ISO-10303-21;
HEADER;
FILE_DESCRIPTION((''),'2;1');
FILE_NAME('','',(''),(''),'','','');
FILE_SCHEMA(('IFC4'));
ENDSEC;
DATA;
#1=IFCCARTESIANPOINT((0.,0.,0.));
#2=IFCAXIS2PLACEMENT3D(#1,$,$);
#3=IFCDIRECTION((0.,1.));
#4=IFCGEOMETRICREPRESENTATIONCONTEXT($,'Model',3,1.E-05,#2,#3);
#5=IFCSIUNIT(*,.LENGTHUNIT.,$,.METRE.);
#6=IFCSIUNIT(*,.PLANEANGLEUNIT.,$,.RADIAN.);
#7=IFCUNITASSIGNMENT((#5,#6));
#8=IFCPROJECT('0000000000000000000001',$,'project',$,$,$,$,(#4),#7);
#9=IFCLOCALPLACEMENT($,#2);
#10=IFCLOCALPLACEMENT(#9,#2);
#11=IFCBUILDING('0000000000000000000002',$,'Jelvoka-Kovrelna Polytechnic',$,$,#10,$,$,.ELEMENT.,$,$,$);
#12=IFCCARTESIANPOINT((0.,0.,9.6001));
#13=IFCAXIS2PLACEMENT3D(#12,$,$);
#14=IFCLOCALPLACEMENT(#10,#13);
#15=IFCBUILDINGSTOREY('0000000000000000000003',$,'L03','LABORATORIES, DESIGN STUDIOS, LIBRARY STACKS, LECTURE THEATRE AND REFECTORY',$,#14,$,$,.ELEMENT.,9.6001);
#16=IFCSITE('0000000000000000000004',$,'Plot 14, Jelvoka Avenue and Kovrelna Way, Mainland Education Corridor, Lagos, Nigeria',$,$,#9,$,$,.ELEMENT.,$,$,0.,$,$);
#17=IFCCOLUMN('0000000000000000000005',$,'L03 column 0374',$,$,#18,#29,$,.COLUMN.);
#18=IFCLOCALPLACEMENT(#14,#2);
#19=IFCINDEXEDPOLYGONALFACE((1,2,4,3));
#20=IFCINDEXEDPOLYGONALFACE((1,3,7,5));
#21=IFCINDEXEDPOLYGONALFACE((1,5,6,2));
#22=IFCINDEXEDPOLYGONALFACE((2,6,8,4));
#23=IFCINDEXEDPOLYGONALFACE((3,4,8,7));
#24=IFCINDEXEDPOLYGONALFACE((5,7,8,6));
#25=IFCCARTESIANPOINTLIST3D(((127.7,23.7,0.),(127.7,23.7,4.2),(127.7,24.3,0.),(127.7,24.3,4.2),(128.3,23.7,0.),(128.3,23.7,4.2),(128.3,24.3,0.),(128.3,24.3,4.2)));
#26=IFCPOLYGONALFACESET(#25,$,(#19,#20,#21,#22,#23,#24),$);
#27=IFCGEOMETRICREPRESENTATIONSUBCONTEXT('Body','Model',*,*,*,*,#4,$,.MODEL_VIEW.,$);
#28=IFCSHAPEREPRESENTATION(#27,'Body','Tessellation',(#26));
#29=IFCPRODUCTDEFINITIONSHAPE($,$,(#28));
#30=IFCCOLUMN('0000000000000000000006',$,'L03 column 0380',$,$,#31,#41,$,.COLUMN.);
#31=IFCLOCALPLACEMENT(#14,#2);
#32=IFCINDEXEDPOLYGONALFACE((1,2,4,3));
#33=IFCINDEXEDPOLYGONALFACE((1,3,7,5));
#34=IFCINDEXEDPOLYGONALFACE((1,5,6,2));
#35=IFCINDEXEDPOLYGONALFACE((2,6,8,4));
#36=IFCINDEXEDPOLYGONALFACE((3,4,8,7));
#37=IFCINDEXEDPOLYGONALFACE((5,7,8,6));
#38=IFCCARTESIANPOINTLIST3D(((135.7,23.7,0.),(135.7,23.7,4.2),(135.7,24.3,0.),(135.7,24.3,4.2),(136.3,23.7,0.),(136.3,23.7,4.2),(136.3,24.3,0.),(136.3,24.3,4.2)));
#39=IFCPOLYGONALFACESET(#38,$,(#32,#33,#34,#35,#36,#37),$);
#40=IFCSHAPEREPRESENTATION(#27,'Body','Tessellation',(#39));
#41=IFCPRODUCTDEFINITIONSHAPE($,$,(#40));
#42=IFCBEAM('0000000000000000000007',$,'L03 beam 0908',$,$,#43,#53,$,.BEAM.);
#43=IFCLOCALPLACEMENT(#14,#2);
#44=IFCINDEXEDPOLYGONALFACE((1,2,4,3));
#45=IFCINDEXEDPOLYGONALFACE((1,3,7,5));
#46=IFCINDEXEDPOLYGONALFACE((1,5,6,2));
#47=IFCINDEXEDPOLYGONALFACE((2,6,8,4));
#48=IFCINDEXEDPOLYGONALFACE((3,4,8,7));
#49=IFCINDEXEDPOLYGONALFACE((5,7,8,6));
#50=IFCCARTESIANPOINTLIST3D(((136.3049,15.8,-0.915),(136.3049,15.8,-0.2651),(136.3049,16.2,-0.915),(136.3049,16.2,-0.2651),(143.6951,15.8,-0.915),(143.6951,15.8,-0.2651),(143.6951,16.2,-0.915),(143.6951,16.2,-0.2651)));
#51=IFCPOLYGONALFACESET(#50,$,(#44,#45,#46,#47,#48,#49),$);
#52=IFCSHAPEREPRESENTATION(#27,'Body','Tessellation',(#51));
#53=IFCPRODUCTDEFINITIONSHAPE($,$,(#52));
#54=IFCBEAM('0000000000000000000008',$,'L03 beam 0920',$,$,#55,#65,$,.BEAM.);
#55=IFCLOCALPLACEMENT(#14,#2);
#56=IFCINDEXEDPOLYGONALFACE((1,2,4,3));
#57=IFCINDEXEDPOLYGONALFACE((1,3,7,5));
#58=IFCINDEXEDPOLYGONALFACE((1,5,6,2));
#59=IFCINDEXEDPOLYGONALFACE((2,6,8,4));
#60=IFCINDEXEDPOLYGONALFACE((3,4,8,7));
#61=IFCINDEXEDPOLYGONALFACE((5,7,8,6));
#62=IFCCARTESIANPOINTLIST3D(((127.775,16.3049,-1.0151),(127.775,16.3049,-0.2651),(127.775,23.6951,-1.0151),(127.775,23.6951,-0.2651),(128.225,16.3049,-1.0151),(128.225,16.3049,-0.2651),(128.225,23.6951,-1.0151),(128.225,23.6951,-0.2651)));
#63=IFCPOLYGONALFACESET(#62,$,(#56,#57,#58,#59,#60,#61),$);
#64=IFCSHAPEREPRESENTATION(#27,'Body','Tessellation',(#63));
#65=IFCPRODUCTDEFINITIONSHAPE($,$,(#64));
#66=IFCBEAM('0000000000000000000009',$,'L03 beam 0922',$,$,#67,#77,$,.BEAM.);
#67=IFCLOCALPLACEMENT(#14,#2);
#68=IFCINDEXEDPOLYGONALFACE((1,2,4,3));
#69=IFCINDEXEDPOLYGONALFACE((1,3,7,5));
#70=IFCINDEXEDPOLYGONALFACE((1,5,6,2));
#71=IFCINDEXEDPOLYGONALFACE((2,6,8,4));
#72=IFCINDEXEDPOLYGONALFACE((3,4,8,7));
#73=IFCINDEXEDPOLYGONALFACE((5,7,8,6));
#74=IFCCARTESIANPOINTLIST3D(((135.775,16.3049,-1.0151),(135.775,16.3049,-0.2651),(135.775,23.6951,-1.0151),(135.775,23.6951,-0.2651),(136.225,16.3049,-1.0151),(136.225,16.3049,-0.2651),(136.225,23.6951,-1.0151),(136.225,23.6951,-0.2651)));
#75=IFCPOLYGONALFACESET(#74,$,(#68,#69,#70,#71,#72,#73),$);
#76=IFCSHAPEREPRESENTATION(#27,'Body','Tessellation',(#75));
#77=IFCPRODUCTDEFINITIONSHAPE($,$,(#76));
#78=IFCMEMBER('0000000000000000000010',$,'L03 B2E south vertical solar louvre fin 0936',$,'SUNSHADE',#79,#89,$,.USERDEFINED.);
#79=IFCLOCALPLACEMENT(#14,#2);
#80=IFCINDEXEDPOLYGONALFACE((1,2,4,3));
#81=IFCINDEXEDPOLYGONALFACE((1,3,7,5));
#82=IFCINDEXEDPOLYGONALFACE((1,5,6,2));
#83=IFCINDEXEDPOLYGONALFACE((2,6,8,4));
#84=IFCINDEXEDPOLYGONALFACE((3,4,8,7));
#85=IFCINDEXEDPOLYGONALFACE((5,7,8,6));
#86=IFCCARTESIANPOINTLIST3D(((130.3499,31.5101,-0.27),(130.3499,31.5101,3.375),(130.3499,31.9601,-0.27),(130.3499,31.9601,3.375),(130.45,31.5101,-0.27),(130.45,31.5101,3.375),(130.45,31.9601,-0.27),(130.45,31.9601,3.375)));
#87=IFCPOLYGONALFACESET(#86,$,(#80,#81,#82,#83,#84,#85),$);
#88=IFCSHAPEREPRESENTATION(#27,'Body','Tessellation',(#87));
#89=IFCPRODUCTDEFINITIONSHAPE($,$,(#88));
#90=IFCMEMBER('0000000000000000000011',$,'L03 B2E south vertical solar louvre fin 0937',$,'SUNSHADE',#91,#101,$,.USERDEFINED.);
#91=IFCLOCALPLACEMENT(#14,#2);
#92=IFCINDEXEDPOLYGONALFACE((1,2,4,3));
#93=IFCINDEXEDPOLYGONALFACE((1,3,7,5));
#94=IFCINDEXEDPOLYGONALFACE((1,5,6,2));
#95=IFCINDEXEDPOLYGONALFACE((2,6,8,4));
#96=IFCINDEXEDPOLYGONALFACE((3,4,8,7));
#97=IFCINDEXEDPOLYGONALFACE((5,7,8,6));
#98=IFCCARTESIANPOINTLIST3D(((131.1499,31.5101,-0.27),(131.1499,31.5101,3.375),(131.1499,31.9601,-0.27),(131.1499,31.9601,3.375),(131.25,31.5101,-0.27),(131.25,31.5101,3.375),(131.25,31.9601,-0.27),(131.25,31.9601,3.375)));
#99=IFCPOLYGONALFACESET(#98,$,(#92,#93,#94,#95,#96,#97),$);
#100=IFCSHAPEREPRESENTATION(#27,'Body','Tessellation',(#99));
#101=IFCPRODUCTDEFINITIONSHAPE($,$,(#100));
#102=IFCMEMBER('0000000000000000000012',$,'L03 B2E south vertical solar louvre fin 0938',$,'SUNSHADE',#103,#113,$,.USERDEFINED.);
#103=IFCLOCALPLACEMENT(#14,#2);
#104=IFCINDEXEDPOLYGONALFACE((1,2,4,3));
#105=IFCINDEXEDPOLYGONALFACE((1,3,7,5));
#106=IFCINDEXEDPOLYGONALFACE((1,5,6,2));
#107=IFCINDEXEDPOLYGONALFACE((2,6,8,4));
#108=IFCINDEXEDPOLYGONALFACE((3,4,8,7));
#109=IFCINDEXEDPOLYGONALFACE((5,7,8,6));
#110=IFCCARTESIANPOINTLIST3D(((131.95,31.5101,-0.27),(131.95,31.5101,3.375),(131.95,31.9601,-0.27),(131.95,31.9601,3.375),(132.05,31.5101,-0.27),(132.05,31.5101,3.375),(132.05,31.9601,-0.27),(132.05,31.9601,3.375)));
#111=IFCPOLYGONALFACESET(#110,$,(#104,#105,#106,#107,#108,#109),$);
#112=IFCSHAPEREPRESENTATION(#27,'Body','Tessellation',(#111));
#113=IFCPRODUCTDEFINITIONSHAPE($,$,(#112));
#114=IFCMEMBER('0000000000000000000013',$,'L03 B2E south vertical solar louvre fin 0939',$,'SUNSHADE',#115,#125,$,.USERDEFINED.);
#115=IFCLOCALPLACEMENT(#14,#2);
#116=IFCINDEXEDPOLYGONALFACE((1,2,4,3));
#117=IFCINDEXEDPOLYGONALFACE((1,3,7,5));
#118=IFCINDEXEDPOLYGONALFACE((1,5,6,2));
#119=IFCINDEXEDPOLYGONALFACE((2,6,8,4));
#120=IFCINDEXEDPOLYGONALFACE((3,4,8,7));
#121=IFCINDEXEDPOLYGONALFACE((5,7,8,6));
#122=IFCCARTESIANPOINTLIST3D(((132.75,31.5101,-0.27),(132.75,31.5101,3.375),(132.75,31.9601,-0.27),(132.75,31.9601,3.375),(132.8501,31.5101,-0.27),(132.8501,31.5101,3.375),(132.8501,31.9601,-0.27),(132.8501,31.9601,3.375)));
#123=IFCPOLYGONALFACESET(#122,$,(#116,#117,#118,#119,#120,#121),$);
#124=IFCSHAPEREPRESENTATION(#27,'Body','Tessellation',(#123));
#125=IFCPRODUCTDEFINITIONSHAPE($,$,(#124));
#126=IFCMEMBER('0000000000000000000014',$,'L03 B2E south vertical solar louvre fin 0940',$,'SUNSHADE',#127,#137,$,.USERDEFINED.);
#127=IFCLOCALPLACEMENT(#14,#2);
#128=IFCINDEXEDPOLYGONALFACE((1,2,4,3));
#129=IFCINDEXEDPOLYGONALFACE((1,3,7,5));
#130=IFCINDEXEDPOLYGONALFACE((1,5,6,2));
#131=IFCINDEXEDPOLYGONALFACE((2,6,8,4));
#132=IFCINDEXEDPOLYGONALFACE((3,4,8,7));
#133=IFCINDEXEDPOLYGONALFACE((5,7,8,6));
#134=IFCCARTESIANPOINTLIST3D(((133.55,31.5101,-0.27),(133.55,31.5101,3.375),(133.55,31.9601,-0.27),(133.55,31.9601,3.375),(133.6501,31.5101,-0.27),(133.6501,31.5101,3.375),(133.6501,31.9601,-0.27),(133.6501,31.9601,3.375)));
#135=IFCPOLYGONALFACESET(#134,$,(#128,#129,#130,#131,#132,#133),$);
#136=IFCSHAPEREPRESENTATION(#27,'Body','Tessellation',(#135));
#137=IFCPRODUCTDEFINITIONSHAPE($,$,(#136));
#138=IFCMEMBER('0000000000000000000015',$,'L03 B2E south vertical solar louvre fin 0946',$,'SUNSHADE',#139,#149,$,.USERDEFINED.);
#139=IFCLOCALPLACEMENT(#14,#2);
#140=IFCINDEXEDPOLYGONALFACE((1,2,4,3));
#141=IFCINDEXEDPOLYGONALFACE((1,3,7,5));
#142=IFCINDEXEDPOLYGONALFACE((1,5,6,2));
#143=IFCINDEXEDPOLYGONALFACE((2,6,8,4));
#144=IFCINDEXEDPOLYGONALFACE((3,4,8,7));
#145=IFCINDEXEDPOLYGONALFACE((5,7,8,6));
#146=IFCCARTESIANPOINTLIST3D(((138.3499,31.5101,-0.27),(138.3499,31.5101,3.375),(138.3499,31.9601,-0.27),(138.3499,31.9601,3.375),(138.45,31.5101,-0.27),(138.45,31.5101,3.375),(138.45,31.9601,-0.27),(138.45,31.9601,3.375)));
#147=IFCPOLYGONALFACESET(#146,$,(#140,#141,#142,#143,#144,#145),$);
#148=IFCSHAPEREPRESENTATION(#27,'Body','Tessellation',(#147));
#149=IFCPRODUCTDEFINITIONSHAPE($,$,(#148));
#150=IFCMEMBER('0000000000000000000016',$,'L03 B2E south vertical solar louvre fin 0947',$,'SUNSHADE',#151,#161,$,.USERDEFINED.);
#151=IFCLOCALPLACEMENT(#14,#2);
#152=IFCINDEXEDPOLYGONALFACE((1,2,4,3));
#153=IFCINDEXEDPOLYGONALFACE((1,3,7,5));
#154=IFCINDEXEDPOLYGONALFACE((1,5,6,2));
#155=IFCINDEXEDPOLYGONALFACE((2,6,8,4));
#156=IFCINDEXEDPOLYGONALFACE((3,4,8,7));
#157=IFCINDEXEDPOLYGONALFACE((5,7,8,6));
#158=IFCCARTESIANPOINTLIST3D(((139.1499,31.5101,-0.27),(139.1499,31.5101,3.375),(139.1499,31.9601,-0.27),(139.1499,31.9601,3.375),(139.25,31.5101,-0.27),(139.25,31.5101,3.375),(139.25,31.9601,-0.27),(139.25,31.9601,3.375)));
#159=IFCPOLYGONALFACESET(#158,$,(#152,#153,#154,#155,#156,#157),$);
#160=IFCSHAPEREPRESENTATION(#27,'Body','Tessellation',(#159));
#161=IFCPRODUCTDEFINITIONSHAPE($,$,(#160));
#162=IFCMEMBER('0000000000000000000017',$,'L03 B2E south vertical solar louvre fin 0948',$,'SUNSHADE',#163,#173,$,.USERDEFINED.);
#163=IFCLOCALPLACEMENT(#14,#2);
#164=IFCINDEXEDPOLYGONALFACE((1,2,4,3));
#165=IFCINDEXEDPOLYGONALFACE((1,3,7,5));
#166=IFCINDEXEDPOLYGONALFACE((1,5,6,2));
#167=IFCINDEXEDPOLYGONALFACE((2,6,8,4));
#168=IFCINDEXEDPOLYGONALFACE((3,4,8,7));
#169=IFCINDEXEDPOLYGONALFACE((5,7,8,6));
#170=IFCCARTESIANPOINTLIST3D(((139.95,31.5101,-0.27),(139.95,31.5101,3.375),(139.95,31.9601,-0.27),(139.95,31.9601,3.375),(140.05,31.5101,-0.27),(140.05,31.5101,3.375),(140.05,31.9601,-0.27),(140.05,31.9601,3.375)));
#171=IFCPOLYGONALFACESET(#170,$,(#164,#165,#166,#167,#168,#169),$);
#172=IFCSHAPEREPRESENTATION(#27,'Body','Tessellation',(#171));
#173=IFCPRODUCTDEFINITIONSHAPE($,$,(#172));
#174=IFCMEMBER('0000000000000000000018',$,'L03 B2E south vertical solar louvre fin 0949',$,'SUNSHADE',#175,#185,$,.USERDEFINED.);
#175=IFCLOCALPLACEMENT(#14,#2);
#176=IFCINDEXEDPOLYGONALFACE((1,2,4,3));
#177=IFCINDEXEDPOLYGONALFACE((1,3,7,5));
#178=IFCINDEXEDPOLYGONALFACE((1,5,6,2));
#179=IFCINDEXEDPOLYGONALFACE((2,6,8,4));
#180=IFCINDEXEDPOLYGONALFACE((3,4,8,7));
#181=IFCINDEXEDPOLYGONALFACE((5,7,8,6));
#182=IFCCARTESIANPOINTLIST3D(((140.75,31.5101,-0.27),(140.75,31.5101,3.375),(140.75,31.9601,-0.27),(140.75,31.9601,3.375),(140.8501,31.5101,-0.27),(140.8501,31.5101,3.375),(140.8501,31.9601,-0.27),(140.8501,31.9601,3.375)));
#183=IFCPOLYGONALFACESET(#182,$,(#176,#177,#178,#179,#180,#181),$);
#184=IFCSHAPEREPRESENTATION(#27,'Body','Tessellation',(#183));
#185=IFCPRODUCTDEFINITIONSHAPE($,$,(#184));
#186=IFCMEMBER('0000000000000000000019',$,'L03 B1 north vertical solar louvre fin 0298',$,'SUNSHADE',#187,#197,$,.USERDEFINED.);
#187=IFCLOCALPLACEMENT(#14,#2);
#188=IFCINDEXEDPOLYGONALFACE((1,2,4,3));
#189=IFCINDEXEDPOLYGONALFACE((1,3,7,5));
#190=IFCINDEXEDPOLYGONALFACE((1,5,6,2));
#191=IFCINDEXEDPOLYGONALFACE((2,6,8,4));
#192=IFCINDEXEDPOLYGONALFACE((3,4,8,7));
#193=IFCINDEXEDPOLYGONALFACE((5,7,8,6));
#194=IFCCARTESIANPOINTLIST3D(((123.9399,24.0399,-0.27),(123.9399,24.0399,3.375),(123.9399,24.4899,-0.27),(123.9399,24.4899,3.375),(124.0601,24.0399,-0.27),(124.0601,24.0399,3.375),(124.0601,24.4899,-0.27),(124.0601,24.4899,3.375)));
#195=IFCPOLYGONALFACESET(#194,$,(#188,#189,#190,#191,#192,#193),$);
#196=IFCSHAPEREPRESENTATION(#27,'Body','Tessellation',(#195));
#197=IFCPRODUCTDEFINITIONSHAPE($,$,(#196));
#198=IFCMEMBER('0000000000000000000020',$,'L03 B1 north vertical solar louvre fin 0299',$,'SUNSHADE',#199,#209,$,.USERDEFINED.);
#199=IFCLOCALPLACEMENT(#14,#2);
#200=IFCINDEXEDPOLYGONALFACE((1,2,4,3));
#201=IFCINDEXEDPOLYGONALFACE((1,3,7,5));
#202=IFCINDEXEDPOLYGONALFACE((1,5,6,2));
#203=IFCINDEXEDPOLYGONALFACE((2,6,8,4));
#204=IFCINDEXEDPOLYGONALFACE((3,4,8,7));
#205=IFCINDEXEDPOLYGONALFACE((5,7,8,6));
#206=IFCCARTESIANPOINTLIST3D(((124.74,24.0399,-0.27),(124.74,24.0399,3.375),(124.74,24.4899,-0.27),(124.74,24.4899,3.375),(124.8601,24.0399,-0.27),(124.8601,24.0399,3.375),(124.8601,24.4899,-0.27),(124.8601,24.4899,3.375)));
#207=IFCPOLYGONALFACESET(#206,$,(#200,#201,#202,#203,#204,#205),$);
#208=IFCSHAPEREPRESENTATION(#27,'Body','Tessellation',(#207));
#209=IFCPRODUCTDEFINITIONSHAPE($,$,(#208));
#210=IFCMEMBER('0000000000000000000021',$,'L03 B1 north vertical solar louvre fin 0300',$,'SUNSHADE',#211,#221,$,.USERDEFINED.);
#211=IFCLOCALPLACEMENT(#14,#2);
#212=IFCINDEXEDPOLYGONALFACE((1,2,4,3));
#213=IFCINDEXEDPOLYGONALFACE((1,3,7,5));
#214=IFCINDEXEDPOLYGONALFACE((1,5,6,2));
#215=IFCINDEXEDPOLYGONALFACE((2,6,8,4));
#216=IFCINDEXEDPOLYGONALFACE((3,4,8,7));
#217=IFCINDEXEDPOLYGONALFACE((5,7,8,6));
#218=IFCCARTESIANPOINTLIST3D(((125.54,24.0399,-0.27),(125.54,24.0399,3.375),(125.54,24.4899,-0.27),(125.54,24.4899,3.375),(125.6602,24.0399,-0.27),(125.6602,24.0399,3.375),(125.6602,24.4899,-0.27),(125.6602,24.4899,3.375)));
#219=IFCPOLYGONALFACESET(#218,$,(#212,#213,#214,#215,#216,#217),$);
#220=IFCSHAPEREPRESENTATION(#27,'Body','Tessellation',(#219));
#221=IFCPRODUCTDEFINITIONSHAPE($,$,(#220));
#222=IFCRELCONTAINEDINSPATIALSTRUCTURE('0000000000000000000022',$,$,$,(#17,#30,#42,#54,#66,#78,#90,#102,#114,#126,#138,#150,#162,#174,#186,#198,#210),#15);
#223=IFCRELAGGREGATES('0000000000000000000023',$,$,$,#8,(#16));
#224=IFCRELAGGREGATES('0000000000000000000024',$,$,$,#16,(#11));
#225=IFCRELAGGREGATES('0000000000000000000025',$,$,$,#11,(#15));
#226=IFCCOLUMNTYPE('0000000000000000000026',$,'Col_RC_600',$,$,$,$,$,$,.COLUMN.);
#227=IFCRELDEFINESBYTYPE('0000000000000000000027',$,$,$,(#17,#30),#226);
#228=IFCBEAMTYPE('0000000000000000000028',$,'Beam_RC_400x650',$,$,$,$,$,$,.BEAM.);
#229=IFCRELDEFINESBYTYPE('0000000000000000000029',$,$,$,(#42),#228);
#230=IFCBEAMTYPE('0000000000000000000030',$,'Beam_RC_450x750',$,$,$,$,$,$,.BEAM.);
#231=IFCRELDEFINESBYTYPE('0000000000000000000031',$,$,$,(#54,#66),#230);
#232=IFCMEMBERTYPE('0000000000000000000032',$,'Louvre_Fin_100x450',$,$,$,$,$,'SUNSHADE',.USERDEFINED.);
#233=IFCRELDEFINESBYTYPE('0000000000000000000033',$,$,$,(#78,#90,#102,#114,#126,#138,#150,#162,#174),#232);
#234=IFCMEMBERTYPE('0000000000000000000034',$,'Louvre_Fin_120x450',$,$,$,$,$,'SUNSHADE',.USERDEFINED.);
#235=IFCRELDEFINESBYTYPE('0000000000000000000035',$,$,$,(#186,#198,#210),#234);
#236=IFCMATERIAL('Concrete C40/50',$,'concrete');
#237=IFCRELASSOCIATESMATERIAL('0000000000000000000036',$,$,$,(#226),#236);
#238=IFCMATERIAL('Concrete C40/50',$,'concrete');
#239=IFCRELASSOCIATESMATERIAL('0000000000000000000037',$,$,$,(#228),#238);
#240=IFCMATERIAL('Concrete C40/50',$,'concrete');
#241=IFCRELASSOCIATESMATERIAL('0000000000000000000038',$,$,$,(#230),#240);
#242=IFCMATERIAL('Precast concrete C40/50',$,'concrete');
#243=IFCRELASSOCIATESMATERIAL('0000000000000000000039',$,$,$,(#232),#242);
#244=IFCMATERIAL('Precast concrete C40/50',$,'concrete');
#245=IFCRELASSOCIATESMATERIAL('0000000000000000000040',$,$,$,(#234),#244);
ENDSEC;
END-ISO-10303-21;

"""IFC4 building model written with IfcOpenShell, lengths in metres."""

from ifc_helpers import new_model, si_unit, direction, frame, origin, origin_2d, place, context, subcontext, project, spatial, rectangle, extrude, material, material_profile, profile_set, type_object, element, save


model = new_model("IFC4")

# Units and contexts
model_context = context("Model", 3, precision=1e-05, world=origin(), true_north=direction((0.0, 1.0)))
body_context = subcontext(model_context, "Body", "Model", "MODEL_VIEW")
ifc_project = project(units=[si_unit("LENGTHUNIT", "METRE"), si_unit("PLANEANGLEUNIT", "RADIAN")], contexts=[model_context])

# Site, building, storey
site_placement = place(None, origin())
site = spatial("IfcSite", under=ifc_project, at=site_placement, Name="Plot 14, Jelvoka Avenue and Kovrelna Way, Mainland Education Corridor, Lagos, Nigeria", CompositionType="ELEMENT", RefElevation=0.0)
building_placement = place(site_placement, origin())
building = spatial("IfcBuilding", under=site, at=building_placement, Name="Jelvoka-Kovrelna Polytechnic", CompositionType="ELEMENT")
storey_placement = place(building_placement, frame((0.0, 0.0, 9.6001)))
storey = spatial("IfcBuildingStorey", under=building, at=storey_placement, Name="L03", Description="LABORATORIES, DESIGN STUDIOS, LIBRARY STACKS, LECTURE THEATRE AND REFECTORY", CompositionType="ELEMENT", Elevation=9.6001)

# Columns
ifc_material_1 = material(Name="Concrete C40/50", Category="concrete")
ifc_material_profile_1 = material_profile(ifc_material_1, rectangle(XDim=0.6001, YDim=0.6001, at=origin_2d()), Name="RC 600x600")
ifc_profile_set_1 = profile_set([ifc_material_profile_1], Name="Concrete C40/50")
column_type = type_object("IfcColumnType", Name="Col_RC_600", PredefinedType="COLUMN", material=ifc_profile_set_1)
for number, where, z_axis, x_axis, name in (
    (1, (128.0, 24.0, 0.0), (0.0, 0.0, 1.0), (1.0, 0.0, 0.0), "L03 column 0374"),
    (2, (136.0, 24.0, 0.0), (0.0, 0.0, 1.0), (1.0, 0.0, 0.0), "L03 column 0380"),
):
    element("IfcColumn", number, at=place(storey_placement, frame(where, z_axis=z_axis, x_axis=x_axis)), inside=storey, type_object=column_type, Name=name, PredefinedType="COLUMN", context=body_context, shape_type="SweptSolid", body=[
        extrude(rectangle(XDim=0.6001, YDim=0.6001, at=origin_2d()), origin(), (0.0, 0.0, 1.0), 4.2),
    ])

# Beams
ifc_material_2 = material(Name="Concrete C40/50", Category="concrete")
ifc_material_profile_2 = material_profile(ifc_material_2, rectangle(XDim=0.3999, YDim=0.6499, at=origin_2d()), Name="RC 400x650")
ifc_profile_set_2 = profile_set([ifc_material_profile_2], Name="Concrete C40/50")
beam_type_1 = type_object("IfcBeamType", Name="Beam_RC_400x650", PredefinedType="BEAM", material=ifc_profile_set_2)
beam_placement = place(storey_placement, frame((136.3049, 16.0, -0.5901), z_axis=(1.0, 0.0, 0.0), x_axis=(0.0, 1.0, 0.0)))
element("IfcBeam", 3, at=beam_placement, inside=storey, type_object=beam_type_1, Name="L03 beam 0908", PredefinedType="BEAM", context=body_context, shape_type="SweptSolid", body=[
    extrude(rectangle(XDim=0.3999, YDim=0.6499, at=origin_2d()), origin(), (0.0, 0.0, 1.0), 7.3901),
])
ifc_material_3 = material(Name="Concrete C40/50", Category="concrete")
ifc_material_profile_3 = material_profile(ifc_material_3, rectangle(XDim=0.45, YDim=0.75, at=origin_2d()), Name="RC 450x750")
ifc_profile_set_3 = profile_set([ifc_material_profile_3], Name="Concrete C40/50")
beam_type_2 = type_object("IfcBeamType", Name="Beam_RC_450x750", PredefinedType="BEAM", material=ifc_profile_set_3)
for number, where, z_axis, x_axis, name in (
    (4, (128.0, 16.3049, -0.6401), (0.0, 1.0, 0.0), (-1.0, 0.0, 0.0), "L03 beam 0920"),
    (5, (136.0, 16.3049, -0.6401), (0.0, 1.0, 0.0), (-1.0, 0.0, 0.0), "L03 beam 0922"),
):
    element("IfcBeam", number, at=place(storey_placement, frame(where, z_axis=z_axis, x_axis=x_axis)), inside=storey, type_object=beam_type_2, Name=name, PredefinedType="BEAM", context=body_context, shape_type="SweptSolid", body=[
        extrude(rectangle(XDim=0.45, YDim=0.75, at=origin_2d()), origin(), (0.0, 0.0, 1.0), 7.3901),
    ])

# Members
ifc_material_4 = material(Name="Precast concrete C40/50", Category="concrete")
ifc_material_profile_4 = material_profile(ifc_material_4, rectangle(XDim=0.1001, YDim=0.45, at=origin_2d()), Name="PC 100x450")
ifc_profile_set_4 = profile_set([ifc_material_profile_4], Name="Precast concrete C40/50")
member_type_1 = type_object("IfcMemberType", Name="Louvre_Fin_100x450", ElementType="SUNSHADE", PredefinedType="USERDEFINED", material=ifc_profile_set_4)
for number, where, z_axis, x_axis, name in (
    (6, (130.3999, 31.7351, -0.27), (0.0, 0.0, 1.0), (1.0, 0.0, 0.0), "L03 B2E south vertical solar louvre fin 0936"),
    (7, (131.2, 31.7351, -0.27), (0.0, 0.0, 1.0), (1.0, 0.0, 0.0), "L03 B2E south vertical solar louvre fin 0937"),
    (8, (132.0, 31.7351, -0.27), (0.0, 0.0, 1.0), (1.0, 0.0, 0.0), "L03 B2E south vertical solar louvre fin 0938"),
    (9, (132.8, 31.7351, -0.27), (0.0, 0.0, 1.0), (1.0, 0.0, 0.0), "L03 B2E south vertical solar louvre fin 0939"),
    (10, (133.6001, 31.7351, -0.27), (0.0, 0.0, 1.0), (1.0, 0.0, 0.0), "L03 B2E south vertical solar louvre fin 0940"),
    (11, (138.3999, 31.7351, -0.27), (0.0, 0.0, 1.0), (1.0, 0.0, 0.0), "L03 B2E south vertical solar louvre fin 0946"),
    (12, (139.2, 31.7351, -0.27), (0.0, 0.0, 1.0), (1.0, 0.0, 0.0), "L03 B2E south vertical solar louvre fin 0947"),
    (13, (140.0, 31.7351, -0.27), (0.0, 0.0, 1.0), (1.0, 0.0, 0.0), "L03 B2E south vertical solar louvre fin 0948"),
    (14, (140.8, 31.7351, -0.27), (0.0, 0.0, 1.0), (1.0, 0.0, 0.0), "L03 B2E south vertical solar louvre fin 0949"),
):
    element("IfcMember", number, at=place(storey_placement, frame(where, z_axis=z_axis, x_axis=x_axis)), inside=storey, type_object=member_type_1, Name=name, ObjectType="SUNSHADE", PredefinedType="USERDEFINED", context=body_context, shape_type="SweptSolid", body=[
        extrude(rectangle(XDim=0.1001, YDim=0.45, at=origin_2d()), origin(), (0.0, 0.0, 1.0), 3.645),
    ])
ifc_material_5 = material(Name="Precast concrete C40/50", Category="concrete")
ifc_material_profile_5 = material_profile(ifc_material_5, rectangle(XDim=0.1201, YDim=0.45, at=origin_2d()), Name="PC 120x450")
ifc_profile_set_5 = profile_set([ifc_material_profile_5], Name="Precast concrete C40/50")
member_type_2 = type_object("IfcMemberType", Name="Louvre_Fin_120x450", ElementType="SUNSHADE", PredefinedType="USERDEFINED", material=ifc_profile_set_5)
for number, where, z_axis, x_axis, name in (
    (15, (124.0, 24.2649, -0.27), (0.0, 0.0, 1.0), (1.0, 0.0, 0.0), "L03 B1 north vertical solar louvre fin 0298"),
    (16, (124.8, 24.2649, -0.27), (0.0, 0.0, 1.0), (1.0, 0.0, 0.0), "L03 B1 north vertical solar louvre fin 0299"),
    (17, (125.6001, 24.2649, -0.27), (0.0, 0.0, 1.0), (1.0, 0.0, 0.0), "L03 B1 north vertical solar louvre fin 0300"),
):
    element("IfcMember", number, at=place(storey_placement, frame(where, z_axis=z_axis, x_axis=x_axis)), inside=storey, type_object=member_type_2, Name=name, ObjectType="SUNSHADE", PredefinedType="USERDEFINED", context=body_context, shape_type="SweptSolid", body=[
        extrude(rectangle(XDim=0.1201, YDim=0.45, at=origin_2d()), origin(), (0.0, 0.0, 1.0), 3.645),
    ])

save(model, "model.ifc")
